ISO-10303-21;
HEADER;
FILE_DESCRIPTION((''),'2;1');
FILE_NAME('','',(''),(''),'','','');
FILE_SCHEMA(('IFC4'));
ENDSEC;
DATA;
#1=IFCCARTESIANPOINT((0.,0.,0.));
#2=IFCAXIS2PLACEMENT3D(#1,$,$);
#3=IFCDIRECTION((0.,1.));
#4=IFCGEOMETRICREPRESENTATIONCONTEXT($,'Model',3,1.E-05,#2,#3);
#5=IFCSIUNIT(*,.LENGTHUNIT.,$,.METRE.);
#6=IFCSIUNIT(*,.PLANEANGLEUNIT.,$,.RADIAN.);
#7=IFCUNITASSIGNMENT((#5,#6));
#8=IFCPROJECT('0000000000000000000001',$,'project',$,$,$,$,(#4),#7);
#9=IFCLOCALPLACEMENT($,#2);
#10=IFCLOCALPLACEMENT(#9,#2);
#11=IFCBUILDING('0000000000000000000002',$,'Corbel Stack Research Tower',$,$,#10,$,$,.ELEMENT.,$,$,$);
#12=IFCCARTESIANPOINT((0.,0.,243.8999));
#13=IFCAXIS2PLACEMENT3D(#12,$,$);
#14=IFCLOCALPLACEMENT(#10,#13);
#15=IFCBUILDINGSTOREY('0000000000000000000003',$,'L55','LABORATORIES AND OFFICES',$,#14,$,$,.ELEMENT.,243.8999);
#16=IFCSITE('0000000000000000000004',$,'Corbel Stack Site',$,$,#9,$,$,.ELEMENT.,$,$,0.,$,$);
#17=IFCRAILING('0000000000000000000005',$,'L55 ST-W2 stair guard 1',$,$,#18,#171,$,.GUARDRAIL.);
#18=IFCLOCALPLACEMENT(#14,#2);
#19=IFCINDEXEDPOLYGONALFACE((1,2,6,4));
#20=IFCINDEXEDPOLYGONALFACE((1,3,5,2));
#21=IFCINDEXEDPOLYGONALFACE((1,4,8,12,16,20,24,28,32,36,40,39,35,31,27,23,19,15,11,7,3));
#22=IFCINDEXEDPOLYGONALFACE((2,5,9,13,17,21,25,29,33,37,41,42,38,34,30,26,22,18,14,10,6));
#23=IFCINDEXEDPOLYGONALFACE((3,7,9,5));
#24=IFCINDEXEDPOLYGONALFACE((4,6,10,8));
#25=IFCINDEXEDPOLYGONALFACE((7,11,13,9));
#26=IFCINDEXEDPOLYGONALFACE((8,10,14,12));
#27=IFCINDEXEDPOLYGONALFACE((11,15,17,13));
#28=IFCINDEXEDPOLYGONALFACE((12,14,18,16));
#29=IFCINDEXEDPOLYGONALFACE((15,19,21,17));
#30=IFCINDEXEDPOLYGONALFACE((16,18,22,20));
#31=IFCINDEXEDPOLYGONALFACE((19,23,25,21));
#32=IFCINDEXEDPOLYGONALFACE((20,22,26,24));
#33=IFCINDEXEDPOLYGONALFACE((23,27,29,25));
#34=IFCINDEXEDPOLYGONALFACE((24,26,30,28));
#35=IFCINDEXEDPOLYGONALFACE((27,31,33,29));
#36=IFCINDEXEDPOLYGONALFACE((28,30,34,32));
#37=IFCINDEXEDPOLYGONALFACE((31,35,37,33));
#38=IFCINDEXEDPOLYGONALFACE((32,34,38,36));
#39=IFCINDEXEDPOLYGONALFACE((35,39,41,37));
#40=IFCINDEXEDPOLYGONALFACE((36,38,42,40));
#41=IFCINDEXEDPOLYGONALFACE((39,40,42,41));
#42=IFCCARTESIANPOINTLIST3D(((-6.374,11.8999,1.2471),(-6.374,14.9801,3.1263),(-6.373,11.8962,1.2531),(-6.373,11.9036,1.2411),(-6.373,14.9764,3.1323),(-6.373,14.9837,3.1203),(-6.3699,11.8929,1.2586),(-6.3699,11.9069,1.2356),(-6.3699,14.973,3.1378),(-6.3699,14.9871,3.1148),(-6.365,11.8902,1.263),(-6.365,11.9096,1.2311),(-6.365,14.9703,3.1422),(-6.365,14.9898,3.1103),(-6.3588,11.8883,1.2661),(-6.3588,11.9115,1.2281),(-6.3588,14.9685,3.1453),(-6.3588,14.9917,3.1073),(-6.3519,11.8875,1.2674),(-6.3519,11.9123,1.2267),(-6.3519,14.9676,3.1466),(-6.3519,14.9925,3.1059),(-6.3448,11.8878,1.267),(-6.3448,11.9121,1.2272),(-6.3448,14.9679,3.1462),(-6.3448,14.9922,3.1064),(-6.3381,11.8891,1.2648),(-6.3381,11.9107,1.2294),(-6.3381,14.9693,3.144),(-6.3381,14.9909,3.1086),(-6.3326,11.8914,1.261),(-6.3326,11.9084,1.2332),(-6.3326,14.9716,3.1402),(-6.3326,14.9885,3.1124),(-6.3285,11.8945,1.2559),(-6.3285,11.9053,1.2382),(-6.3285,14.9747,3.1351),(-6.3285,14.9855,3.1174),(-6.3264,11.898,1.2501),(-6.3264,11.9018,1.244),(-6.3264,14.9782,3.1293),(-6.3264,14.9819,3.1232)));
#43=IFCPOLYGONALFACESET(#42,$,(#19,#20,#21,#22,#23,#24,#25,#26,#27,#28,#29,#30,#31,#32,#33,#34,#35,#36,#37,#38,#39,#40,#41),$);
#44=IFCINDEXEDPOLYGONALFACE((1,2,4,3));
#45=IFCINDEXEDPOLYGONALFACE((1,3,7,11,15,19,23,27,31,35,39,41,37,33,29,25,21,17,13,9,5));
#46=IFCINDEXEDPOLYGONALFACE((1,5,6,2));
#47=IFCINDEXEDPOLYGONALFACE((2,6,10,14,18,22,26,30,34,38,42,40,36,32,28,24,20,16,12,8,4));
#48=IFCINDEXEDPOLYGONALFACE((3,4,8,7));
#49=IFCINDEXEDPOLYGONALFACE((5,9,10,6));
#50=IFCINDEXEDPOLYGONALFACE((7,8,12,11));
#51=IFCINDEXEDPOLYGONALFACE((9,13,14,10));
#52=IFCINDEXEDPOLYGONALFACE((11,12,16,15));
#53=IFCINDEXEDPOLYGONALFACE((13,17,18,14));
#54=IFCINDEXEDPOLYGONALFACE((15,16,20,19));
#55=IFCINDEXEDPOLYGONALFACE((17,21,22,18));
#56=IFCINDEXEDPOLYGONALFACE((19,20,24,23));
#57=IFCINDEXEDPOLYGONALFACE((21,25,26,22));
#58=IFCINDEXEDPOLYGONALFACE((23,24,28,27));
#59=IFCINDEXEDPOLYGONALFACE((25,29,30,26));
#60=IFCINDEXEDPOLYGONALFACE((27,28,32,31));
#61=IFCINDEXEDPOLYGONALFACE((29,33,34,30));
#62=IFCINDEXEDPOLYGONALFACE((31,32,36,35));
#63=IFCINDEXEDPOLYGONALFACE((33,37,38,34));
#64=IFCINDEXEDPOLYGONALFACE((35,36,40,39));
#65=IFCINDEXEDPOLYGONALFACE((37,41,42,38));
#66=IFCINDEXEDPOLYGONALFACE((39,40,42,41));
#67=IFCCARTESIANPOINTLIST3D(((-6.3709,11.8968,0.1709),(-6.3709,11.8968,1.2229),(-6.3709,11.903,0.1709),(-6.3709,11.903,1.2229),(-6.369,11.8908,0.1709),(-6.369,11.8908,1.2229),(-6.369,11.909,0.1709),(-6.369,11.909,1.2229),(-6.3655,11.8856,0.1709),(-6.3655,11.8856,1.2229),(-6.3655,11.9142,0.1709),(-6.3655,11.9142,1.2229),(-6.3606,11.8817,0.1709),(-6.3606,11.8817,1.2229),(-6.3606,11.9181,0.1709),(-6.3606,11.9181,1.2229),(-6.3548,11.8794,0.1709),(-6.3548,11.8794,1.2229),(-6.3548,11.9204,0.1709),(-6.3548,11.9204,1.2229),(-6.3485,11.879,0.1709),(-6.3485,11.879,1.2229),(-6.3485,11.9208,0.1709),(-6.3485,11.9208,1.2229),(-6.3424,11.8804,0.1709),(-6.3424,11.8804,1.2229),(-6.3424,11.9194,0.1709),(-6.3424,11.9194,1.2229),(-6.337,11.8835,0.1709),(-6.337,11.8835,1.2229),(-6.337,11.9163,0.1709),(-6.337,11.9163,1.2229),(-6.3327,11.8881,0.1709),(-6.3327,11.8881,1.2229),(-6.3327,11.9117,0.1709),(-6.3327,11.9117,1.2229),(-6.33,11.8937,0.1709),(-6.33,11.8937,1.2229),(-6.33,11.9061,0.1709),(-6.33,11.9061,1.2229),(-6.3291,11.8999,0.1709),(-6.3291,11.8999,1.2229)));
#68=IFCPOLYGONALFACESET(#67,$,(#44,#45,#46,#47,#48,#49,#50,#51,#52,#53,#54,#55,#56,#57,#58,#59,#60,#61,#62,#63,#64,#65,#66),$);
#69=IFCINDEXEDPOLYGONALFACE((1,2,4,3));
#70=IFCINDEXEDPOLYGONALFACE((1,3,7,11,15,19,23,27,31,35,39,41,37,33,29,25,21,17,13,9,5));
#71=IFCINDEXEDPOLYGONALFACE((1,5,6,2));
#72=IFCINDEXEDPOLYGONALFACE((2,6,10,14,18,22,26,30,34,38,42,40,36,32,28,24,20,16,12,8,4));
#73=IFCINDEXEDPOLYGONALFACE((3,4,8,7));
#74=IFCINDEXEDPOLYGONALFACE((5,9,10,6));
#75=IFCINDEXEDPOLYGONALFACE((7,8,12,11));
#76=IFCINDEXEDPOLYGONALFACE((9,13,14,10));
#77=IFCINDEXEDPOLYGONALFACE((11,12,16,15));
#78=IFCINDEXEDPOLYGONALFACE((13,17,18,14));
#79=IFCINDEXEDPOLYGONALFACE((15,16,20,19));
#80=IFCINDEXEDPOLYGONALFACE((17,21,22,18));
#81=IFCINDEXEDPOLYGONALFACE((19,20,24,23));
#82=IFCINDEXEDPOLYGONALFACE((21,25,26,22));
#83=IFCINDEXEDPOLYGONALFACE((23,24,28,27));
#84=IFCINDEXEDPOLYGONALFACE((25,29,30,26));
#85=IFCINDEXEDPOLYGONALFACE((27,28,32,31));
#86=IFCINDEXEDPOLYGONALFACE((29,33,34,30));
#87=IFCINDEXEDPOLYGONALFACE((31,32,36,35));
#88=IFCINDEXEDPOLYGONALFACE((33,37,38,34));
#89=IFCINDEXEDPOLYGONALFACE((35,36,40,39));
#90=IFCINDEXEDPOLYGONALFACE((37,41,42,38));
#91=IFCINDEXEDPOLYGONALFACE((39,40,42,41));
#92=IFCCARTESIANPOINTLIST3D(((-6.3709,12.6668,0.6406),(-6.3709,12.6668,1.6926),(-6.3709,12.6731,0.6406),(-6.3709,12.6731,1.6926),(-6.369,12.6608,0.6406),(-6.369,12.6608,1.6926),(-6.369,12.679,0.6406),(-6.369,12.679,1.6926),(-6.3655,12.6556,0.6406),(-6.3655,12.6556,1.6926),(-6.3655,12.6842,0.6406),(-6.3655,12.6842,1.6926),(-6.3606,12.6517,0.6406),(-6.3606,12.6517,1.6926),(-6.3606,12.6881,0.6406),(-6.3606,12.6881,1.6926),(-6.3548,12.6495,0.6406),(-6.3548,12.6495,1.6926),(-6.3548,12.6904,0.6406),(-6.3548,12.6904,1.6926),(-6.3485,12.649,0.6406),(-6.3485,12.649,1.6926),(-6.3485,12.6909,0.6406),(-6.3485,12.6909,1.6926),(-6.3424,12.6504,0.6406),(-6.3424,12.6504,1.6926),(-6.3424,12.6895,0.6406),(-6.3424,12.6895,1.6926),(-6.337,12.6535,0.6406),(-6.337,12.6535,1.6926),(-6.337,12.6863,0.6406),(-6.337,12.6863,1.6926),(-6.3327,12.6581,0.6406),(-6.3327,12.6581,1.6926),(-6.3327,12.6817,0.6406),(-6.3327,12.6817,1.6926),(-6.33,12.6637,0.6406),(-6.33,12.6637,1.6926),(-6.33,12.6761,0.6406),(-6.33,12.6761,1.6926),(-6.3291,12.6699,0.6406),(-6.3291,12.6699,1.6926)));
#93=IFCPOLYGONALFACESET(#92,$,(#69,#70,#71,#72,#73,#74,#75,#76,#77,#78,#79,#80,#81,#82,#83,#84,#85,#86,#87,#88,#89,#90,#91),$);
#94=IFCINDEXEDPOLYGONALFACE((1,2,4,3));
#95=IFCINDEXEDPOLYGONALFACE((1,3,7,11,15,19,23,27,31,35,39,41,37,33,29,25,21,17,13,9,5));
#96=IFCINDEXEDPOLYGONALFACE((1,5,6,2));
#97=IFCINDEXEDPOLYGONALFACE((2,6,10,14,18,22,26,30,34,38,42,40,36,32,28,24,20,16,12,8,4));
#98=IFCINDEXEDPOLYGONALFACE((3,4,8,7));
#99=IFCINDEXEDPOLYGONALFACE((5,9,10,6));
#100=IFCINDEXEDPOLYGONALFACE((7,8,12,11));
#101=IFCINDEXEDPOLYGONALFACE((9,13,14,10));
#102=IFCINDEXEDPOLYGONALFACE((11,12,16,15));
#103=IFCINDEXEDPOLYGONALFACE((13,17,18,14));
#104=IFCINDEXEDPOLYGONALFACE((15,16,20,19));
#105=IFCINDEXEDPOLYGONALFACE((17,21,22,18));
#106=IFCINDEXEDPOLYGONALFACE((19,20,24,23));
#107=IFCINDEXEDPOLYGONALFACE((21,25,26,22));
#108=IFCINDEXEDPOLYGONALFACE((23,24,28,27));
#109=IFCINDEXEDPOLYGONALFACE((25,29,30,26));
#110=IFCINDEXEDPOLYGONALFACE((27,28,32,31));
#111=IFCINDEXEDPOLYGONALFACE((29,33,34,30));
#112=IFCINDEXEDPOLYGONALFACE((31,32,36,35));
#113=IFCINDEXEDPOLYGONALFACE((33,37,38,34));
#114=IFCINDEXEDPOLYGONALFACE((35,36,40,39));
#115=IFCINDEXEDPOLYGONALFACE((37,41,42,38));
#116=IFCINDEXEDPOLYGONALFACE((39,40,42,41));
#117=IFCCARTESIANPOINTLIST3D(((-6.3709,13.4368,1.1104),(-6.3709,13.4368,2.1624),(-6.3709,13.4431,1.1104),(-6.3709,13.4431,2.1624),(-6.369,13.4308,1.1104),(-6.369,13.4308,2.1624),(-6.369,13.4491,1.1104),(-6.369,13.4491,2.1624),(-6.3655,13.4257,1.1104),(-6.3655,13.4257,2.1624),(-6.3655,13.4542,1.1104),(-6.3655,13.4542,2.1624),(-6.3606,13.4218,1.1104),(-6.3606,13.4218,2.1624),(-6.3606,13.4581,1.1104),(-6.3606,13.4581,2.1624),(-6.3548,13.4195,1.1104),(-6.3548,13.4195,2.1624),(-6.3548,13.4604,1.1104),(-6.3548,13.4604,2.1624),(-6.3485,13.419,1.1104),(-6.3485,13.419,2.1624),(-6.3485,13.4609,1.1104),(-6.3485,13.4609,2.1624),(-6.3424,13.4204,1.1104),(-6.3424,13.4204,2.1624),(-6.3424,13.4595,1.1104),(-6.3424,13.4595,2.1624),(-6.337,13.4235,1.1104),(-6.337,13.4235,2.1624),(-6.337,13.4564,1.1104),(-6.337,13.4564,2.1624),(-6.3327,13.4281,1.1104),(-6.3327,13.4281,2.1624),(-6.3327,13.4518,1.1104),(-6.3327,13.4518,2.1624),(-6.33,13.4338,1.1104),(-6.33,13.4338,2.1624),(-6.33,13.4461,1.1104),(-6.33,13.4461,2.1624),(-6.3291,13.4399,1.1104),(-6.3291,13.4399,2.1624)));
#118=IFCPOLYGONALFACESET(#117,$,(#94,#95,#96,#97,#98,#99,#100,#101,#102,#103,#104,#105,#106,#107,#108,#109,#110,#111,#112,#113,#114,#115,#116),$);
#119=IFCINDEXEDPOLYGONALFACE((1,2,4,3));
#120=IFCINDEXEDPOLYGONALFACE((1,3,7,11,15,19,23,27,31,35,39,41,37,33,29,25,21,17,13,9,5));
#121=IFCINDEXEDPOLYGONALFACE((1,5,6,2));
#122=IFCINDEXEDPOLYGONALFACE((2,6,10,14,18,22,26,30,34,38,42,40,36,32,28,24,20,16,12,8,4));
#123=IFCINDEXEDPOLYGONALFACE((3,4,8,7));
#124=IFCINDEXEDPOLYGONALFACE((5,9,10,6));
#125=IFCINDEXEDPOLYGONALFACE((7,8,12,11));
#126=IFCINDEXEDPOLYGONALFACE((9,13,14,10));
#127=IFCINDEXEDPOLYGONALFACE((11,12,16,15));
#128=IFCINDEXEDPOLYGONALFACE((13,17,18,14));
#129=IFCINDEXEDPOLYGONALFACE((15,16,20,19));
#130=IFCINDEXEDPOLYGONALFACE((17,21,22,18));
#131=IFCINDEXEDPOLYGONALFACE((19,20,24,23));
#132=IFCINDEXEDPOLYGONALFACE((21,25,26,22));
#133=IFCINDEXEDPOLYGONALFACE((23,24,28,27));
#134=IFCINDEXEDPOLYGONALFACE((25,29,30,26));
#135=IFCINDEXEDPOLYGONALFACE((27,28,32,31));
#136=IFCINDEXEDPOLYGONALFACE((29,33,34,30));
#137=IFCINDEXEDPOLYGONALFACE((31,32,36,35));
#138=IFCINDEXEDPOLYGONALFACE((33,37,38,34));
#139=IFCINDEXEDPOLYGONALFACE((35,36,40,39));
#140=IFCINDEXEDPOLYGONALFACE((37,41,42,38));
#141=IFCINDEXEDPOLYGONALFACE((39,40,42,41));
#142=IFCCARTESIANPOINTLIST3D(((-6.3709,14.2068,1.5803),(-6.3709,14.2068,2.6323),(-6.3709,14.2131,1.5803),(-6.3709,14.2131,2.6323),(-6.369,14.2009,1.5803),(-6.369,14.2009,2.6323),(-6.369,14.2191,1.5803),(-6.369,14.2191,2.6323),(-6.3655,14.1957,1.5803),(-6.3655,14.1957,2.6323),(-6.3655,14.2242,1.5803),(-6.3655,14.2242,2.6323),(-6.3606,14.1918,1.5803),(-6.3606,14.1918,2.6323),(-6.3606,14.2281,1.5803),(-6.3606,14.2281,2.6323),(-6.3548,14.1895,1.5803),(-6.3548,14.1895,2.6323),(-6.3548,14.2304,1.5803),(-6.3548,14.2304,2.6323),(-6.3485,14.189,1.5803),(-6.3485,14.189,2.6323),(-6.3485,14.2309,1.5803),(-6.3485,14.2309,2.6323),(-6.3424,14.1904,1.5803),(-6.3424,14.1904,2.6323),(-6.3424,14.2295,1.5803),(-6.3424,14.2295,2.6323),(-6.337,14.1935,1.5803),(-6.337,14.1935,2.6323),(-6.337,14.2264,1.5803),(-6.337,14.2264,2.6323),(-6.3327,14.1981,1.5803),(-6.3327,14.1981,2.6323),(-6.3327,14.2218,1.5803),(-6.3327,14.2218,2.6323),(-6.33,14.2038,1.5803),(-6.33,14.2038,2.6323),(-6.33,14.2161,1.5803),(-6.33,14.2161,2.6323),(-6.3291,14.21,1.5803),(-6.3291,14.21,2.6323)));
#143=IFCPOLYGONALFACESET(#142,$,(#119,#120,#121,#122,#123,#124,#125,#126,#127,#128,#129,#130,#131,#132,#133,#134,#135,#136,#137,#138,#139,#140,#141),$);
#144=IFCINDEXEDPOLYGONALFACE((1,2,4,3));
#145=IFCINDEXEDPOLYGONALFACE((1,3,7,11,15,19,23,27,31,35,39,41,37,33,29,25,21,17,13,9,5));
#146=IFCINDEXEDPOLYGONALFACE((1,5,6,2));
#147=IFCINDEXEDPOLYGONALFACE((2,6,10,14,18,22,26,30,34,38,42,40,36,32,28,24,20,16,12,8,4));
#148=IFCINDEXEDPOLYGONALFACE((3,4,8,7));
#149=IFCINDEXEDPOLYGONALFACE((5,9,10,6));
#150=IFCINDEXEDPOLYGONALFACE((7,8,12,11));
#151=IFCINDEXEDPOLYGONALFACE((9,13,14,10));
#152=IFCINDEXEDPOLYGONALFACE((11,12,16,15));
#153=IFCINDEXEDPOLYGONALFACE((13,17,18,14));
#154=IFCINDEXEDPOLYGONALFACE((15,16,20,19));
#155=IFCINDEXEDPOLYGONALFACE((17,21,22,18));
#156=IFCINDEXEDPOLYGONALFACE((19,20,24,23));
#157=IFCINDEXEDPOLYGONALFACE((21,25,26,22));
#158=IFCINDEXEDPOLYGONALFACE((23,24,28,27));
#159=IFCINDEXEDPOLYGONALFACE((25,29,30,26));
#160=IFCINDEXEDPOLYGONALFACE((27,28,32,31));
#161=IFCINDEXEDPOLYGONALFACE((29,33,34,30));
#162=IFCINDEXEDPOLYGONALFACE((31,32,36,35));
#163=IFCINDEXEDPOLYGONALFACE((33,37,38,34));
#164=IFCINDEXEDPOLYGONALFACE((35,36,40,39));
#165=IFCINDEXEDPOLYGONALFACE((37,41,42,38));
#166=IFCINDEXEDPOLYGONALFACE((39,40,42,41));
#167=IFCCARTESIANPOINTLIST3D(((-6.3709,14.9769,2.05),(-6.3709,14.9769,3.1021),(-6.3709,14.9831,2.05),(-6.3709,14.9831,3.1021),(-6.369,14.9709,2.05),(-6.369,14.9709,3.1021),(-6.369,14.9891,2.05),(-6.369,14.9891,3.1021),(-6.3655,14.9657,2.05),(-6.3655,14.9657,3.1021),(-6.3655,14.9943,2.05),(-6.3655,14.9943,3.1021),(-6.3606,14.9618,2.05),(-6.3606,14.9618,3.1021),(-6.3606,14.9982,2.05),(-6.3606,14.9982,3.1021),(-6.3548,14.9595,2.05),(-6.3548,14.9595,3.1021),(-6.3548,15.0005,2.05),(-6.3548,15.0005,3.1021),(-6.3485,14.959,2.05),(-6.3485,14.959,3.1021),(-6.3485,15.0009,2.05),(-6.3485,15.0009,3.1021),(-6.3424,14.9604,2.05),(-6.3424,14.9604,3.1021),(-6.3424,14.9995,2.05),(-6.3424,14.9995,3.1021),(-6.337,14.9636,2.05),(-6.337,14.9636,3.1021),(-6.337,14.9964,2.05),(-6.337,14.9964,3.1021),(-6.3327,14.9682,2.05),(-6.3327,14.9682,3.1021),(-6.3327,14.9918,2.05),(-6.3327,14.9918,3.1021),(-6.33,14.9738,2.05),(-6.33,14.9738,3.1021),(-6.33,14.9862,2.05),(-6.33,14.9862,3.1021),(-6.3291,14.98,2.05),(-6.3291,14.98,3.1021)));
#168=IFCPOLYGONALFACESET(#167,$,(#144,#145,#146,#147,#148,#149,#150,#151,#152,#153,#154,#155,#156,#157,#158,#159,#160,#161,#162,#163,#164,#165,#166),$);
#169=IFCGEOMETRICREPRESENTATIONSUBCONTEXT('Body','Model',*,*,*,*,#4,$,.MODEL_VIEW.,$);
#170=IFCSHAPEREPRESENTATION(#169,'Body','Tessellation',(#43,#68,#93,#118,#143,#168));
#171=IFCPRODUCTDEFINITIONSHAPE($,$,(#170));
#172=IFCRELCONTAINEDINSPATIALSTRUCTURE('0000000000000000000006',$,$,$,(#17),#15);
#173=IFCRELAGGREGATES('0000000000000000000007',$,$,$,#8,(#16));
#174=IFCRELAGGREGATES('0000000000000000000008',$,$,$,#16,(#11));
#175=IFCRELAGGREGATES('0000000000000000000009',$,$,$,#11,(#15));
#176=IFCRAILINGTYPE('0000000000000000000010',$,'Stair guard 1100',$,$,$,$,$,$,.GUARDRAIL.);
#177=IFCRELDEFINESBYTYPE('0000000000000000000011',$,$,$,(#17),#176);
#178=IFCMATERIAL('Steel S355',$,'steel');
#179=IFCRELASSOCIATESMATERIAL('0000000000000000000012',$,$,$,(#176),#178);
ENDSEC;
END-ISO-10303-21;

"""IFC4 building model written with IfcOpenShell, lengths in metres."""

from ifc_helpers import new_model, si_unit, direction, frame, origin, origin_2d, place, context, subcontext, project, spatial, circle, extrude, material, type_object, element, save


model = new_model("IFC4")

# Units and contexts
model_context = context("Model", 3, precision=1e-05, world=origin(), true_north=direction((0.0, 1.0)))
body_context = subcontext(model_context, "Body", "Model", "MODEL_VIEW")
ifc_project = project(units=[si_unit("LENGTHUNIT", "METRE"), si_unit("PLANEANGLEUNIT", "RADIAN")], contexts=[model_context])

# Site, building, storey
site_placement = place(None, origin())
site = spatial("IfcSite", under=ifc_project, at=site_placement, Name="Corbel Stack Site", CompositionType="ELEMENT", RefElevation=0.0)
building_placement = place(site_placement, origin())
building = spatial("IfcBuilding", under=site, at=building_placement, Name="Corbel Stack Research Tower", CompositionType="ELEMENT")
storey_placement = place(building_placement, frame((0.0, 0.0, 243.8999)))
storey = spatial("IfcBuildingStorey", under=building, at=storey_placement, Name="L55", Description="LABORATORIES AND OFFICES", CompositionType="ELEMENT", Elevation=243.8999)

# Railing
ifc_material_1 = material(Name="Steel S355", Category="steel")
railing_type_1 = type_object("IfcRailingType", Name="Stair guard 1100", PredefinedType="GUARDRAIL", material=ifc_material_1)
railing_1_placement = place(storey_placement, frame((-6.3501, 11.8999, 0.1709)))
element("IfcRailing", 1, at=railing_1_placement, inside=storey, type_object=railing_type_1, Name="L55 ST-W2 stair guard 1", PredefinedType="GUARDRAIL", context=body_context, shape_type="SweptSolid", body=[
    extrude(circle(Radius=0.0239, at=origin_2d()), frame((0.0, 0.0, 1.0762), z_axis=(0.0, 0.853666, 0.52082), x_axis=(-1.0, 0.0, 0.0)), (0.0, 0.0, 1.0), 3.6082),
    extrude(circle(Radius=0.021, at=origin_2d()), origin(), (0.0, 0.0, 1.0), 1.052),
    extrude(circle(Radius=0.021, at=origin_2d()), frame((0.0, 0.77, 0.4697)), (0.0, 0.0, 1.0), 1.052),
    extrude(circle(Radius=0.021, at=origin_2d()), frame((0.0, 1.54, 0.9395)), (0.0, 0.0, 1.0), 1.052),
    extrude(circle(Radius=0.021, at=origin_2d()), frame((0.0, 2.3101, 1.4094)), (0.0, 0.0, 1.0), 1.052),
    extrude(circle(Radius=0.021, at=origin_2d()), frame((0.0, 3.0801, 1.8792)), (0.0, 0.0, 1.0), 1.052),
])

save(model, "model.ifc")
